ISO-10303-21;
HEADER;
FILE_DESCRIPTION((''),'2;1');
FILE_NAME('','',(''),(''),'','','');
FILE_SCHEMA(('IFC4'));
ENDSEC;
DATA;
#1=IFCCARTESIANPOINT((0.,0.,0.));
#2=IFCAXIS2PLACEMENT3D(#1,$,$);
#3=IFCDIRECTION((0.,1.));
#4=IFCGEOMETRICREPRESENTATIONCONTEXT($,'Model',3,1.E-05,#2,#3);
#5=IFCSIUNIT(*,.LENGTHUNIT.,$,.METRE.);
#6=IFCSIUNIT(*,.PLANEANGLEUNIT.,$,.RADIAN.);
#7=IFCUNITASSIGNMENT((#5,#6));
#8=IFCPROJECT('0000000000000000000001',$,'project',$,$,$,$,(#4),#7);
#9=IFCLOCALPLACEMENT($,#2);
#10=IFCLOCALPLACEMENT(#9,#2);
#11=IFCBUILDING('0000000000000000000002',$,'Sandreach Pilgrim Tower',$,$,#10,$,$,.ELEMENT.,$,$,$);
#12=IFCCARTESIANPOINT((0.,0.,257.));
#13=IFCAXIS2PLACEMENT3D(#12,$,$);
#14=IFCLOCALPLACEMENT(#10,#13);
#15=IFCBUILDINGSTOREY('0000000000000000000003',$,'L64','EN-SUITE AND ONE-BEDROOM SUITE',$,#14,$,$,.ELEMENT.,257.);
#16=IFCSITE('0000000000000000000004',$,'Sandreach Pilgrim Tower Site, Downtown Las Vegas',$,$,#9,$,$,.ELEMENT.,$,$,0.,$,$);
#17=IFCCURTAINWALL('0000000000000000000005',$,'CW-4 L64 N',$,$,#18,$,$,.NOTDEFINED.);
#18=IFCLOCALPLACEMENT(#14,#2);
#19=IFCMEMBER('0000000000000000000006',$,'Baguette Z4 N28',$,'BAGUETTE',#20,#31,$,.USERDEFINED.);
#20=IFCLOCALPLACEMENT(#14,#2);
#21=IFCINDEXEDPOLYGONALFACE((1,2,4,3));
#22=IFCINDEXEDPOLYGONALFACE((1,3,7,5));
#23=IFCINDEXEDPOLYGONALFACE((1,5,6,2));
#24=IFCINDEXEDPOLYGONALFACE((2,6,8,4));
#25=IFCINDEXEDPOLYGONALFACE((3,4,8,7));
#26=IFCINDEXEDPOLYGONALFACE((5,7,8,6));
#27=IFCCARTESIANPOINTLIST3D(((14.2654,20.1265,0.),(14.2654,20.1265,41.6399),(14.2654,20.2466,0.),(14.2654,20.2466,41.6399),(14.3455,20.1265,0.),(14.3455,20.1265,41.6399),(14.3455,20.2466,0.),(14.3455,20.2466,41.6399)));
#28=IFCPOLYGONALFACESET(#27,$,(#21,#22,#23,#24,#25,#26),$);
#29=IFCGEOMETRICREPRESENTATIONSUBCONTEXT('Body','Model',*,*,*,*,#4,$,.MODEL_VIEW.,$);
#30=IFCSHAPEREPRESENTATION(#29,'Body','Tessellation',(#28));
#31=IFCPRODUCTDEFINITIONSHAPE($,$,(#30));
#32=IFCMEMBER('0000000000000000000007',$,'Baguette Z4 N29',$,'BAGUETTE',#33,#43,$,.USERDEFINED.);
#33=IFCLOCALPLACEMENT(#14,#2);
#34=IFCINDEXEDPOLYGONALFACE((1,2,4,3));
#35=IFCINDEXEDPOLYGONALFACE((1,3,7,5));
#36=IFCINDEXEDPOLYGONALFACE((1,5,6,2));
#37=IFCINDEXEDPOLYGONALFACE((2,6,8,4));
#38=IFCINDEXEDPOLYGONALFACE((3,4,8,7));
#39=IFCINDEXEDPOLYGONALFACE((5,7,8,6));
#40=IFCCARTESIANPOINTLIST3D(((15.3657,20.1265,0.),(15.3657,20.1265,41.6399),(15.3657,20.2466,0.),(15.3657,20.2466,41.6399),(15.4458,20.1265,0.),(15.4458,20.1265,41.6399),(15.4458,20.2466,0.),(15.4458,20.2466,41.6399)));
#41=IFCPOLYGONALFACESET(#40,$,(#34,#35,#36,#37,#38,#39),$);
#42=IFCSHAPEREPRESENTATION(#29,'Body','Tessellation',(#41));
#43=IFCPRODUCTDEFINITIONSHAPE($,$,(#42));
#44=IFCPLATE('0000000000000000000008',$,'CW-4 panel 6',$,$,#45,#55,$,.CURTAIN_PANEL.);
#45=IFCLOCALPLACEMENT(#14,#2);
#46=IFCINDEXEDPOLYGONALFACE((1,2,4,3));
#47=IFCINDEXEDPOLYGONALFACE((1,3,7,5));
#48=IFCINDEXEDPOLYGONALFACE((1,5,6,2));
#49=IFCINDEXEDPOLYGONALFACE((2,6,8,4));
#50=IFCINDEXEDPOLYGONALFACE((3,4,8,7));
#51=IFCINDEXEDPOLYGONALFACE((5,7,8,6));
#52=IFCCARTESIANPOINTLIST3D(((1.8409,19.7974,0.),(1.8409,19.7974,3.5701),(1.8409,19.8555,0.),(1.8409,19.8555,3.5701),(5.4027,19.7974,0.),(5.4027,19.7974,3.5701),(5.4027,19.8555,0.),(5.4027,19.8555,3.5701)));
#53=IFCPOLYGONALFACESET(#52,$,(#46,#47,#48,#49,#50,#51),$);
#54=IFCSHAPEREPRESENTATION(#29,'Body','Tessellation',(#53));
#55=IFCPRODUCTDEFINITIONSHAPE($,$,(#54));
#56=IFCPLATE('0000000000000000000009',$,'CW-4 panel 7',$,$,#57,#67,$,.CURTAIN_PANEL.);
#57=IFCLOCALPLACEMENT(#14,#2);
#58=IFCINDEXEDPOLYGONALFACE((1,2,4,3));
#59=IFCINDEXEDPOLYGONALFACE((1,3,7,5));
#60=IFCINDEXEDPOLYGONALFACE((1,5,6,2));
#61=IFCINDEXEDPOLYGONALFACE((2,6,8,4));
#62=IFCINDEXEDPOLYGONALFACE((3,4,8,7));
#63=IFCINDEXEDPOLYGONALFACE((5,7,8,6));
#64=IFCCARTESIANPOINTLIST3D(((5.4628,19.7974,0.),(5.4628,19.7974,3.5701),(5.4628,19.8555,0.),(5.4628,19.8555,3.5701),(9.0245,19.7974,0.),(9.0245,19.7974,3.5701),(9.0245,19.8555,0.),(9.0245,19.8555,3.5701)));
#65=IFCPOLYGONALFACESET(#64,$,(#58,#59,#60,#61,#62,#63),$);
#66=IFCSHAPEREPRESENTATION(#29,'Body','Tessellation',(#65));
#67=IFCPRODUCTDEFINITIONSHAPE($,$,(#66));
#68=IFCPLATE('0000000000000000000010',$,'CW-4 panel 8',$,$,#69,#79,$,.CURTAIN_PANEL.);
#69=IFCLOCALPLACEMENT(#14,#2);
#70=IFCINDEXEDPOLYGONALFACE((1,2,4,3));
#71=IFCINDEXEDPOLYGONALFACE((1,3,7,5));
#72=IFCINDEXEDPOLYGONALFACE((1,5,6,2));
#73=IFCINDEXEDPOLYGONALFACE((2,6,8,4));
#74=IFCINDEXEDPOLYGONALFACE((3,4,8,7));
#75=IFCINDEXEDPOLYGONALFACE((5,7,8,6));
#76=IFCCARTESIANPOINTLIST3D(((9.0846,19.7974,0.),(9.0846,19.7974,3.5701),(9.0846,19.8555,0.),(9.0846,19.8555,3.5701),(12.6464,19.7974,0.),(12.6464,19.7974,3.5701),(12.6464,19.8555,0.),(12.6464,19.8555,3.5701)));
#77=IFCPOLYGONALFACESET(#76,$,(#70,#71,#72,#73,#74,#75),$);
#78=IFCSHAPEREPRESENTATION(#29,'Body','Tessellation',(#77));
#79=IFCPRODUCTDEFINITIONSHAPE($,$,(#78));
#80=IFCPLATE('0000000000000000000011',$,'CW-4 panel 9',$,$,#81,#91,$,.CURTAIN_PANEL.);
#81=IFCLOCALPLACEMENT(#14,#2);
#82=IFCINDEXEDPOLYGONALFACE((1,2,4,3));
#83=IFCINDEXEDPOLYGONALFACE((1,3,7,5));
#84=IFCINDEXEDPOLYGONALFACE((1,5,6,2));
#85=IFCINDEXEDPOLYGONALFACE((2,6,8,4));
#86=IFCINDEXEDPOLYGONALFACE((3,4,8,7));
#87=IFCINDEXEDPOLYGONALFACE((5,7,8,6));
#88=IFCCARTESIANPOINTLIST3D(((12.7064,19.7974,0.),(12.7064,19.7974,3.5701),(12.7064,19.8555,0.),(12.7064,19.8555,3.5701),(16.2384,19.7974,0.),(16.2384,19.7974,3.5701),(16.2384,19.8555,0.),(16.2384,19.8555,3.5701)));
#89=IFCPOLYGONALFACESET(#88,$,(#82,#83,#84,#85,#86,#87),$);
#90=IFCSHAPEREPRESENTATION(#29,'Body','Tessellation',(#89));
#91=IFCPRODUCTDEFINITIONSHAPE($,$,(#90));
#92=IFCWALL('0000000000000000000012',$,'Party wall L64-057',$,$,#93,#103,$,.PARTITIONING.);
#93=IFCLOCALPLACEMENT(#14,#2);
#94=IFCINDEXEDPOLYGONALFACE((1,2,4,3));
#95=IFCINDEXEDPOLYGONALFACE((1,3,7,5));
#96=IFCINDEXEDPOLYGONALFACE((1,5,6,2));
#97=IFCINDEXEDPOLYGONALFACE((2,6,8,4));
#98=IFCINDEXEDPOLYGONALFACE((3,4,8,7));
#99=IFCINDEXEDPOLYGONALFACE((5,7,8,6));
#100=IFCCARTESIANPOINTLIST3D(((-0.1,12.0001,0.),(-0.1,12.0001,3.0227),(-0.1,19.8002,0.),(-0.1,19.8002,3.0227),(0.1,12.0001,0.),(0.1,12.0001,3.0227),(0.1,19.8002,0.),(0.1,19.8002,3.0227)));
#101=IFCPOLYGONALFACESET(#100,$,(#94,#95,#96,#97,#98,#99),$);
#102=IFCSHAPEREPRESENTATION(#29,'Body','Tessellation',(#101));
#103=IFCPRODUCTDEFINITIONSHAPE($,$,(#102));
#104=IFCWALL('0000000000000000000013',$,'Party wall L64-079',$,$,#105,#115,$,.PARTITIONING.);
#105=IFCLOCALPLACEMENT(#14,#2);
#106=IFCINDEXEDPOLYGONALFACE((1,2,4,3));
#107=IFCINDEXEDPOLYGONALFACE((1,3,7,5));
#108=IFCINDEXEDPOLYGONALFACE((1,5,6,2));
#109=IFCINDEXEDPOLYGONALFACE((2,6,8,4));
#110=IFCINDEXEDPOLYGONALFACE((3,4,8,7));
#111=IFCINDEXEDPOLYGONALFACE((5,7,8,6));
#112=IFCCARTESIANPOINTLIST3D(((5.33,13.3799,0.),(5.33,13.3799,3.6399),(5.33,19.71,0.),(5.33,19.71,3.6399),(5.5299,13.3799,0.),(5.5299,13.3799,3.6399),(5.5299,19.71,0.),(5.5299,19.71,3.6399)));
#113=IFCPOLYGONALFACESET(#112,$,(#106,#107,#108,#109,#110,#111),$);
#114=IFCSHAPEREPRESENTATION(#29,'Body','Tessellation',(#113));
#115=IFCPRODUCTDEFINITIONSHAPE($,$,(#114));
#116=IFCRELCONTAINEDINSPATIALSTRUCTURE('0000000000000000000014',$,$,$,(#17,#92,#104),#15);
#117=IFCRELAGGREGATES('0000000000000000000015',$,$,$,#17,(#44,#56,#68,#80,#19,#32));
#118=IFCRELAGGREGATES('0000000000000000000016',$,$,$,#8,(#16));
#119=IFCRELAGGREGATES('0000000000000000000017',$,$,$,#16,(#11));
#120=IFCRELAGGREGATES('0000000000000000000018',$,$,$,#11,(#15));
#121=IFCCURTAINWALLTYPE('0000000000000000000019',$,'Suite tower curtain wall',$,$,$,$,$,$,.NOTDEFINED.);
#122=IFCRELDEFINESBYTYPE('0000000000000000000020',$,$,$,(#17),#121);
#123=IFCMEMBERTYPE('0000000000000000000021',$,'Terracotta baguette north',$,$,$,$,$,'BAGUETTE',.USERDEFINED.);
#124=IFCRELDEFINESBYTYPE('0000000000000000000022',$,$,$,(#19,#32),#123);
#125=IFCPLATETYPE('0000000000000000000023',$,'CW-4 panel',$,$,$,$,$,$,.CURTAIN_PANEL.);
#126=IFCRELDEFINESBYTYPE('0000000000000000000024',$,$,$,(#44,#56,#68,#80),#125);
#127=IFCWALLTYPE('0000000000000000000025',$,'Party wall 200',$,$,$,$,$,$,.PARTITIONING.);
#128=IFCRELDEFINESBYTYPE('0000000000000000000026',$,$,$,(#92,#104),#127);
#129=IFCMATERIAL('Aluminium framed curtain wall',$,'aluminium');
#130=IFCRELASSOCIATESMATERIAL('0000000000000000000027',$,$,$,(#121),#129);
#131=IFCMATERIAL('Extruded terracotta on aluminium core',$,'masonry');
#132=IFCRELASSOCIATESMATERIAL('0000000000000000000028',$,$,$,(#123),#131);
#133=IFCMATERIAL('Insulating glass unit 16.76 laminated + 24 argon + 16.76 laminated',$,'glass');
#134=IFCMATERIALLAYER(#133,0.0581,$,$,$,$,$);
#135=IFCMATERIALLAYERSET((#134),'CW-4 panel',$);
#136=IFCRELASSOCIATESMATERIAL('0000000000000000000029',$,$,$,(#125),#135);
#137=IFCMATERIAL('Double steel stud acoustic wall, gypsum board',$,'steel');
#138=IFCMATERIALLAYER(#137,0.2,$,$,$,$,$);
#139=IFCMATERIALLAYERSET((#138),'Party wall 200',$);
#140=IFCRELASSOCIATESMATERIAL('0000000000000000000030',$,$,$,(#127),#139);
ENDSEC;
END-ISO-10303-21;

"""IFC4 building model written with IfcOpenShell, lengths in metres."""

from ifc_helpers import new_model, si_unit, direction, frame, frame_2d, origin, origin_2d, place, context, subcontext, project, spatial, rectangle, extrude, material, layer, layer_set, material_profile, profile_set, type_object, element, aggregate, save


model = new_model("IFC4")

# Units and contexts
model_context = context("Model", 3, precision=1e-05, world=origin(), true_north=direction((0.0, 1.0)))
body_context = subcontext(model_context, "Body", "Model", "MODEL_VIEW")
ifc_project = project(units=[si_unit("LENGTHUNIT", "METRE"), si_unit("PLANEANGLEUNIT", "RADIAN")], contexts=[model_context])

# Site, building, storey
site_placement = place(None, origin())
site = spatial("IfcSite", under=ifc_project, at=site_placement, Name="Sandreach Pilgrim Tower Site, Downtown Las Vegas", CompositionType="ELEMENT", RefElevation=0.0)
building_placement = place(site_placement, origin())
building = spatial("IfcBuilding", under=site, at=building_placement, Name="Sandreach Pilgrim Tower", CompositionType="ELEMENT")
storey_placement = place(building_placement, frame((0.0, 0.0, 257.0)))
storey = spatial("IfcBuildingStorey", under=building, at=storey_placement, Name="L64", Description="EN-SUITE AND ONE-BEDROOM SUITE", CompositionType="ELEMENT", Elevation=257.0)

# Curtain wall
ifc_material_1 = material(Name="Aluminium framed curtain wall", Category="aluminium")
curtain_wall_type = type_object("IfcCurtainWallType", Name="Suite tower curtain wall", PredefinedType="NOTDEFINED", material=ifc_material_1)
curtain_wall_placement = place(storey_placement, origin())
curtain_wall = element("IfcCurtainWall", 1, at=curtain_wall_placement, inside=storey, type_object=curtain_wall_type, Name="CW-4 L64 N", PredefinedType="NOTDEFINED")

# Members
ifc_material_2 = material(Name="Extruded terracotta on aluminium core", Category="masonry")
ifc_material_profile_1 = material_profile(ifc_material_2, rectangle(XDim=0.0801, YDim=0.1201, at=origin_2d()), Name="TBN 80X120")
ifc_profile_set_1 = profile_set([ifc_material_profile_1], Name="Extruded terracotta on aluminium core")
member_type_1 = type_object("IfcMemberType", Name="Terracotta baguette north", ElementType="BAGUETTE", PredefinedType="USERDEFINED", material=ifc_profile_set_1)
member_1_placement = place(storey_placement, frame((14.3054, 20.1865, 0.0), z_axis=(0.0, 0.0, 1.0), x_axis=(1.0, 0.0, 0.0)))
member_1 = element("IfcMember", 2, at=member_1_placement, type_object=member_type_1, Name="Baguette Z4 N28", ObjectType="BAGUETTE", PredefinedType="USERDEFINED", context=body_context, shape_type="SweptSolid", body=[
    extrude(rectangle(XDim=0.0801, YDim=0.1201, at=origin_2d()), origin(), (0.0, 0.0, 1.0), 41.6399),
])
member_2_placement = place(storey_placement, frame((15.4058, 20.1865, 0.0), z_axis=(0.0, 0.0, 1.0), x_axis=(1.0, 0.0, 0.0)))
member_2 = element("IfcMember", 3, at=member_2_placement, type_object=member_type_1, Name="Baguette Z4 N29", ObjectType="BAGUETTE", PredefinedType="USERDEFINED", context=body_context, shape_type="SweptSolid", body=[
    extrude(rectangle(XDim=0.0801, YDim=0.1201, at=origin_2d()), origin(), (0.0, 0.0, 1.0), 41.6399),
])

# Plates
ifc_material_3 = material(Name="Insulating glass unit 16.76 laminated + 24 argon + 16.76 laminated", Category="glass")
ifc_layer_1 = layer(ifc_material_3, 0.0581)
ifc_layer_set_1 = layer_set([ifc_layer_1], Name="CW-4 panel")
plate_type = type_object("IfcPlateType", Name="CW-4 panel", PredefinedType="CURTAIN_PANEL", material=ifc_layer_set_1)
plate_1_placement = place(storey_placement, frame((3.6218, 19.8264, 0.0), z_axis=(0.0, 0.0, 1.0), x_axis=(1.0, 0.0, 0.0)))
plate_1 = element("IfcPlate", 4, at=plate_1_placement, type_object=plate_type, Name="CW-4 panel 6", PredefinedType="CURTAIN_PANEL", context=body_context, shape_type="SweptSolid", body=[
    extrude(rectangle(XDim=3.5618, YDim=0.0581, at=origin_2d()), origin(), (0.0, 0.0, 1.0), 3.5701),
])
plate_2_placement = place(storey_placement, frame((7.2437, 19.8264, 0.0), z_axis=(0.0, 0.0, 1.0), x_axis=(1.0, 0.0, 0.0)))
plate_2 = element("IfcPlate", 5, at=plate_2_placement, type_object=plate_type, Name="CW-4 panel 7", PredefinedType="CURTAIN_PANEL", context=body_context, shape_type="SweptSolid", body=[
    extrude(rectangle(XDim=3.5618, YDim=0.0581, at=origin_2d()), origin(), (0.0, 0.0, 1.0), 3.5701),
])
plate_3_placement = place(storey_placement, frame((10.8655, 19.8264, 0.0), z_axis=(0.0, 0.0, 1.0), x_axis=(1.0, 0.0, 0.0)))
plate_3 = element("IfcPlate", 6, at=plate_3_placement, type_object=plate_type, Name="CW-4 panel 8", PredefinedType="CURTAIN_PANEL", context=body_context, shape_type="SweptSolid", body=[
    extrude(rectangle(XDim=3.5618, YDim=0.0581, at=origin_2d()), origin(), (0.0, 0.0, 1.0), 3.5701),
])
plate_4_placement = place(storey_placement, frame((14.4724, 19.8264, 0.0), z_axis=(0.0, 0.0, 1.0), x_axis=(1.0, 0.0, 0.0)))
plate_4 = element("IfcPlate", 7, at=plate_4_placement, type_object=plate_type, Name="CW-4 panel 9", PredefinedType="CURTAIN_PANEL", context=body_context, shape_type="SweptSolid", body=[
    extrude(rectangle(XDim=3.532, YDim=0.0581, at=origin_2d()), origin(), (0.0, 0.0, 1.0), 3.5701),
])
aggregate(curtain_wall, [plate_1, plate_2, plate_3, plate_4, member_1, member_2])

# Walls
ifc_material_4 = material(Name="Double steel stud acoustic wall, gypsum board", Category="steel")
ifc_layer_2 = layer(ifc_material_4, 0.2)
ifc_layer_set_2 = layer_set([ifc_layer_2], Name="Party wall 200")
wall_type = type_object("IfcWallType", Name="Party wall 200", PredefinedType="PARTITIONING", material=ifc_layer_set_2)
wall_1_placement = place(storey_placement, frame((0.0, 19.8, 0.0), z_axis=(0.0, 0.0, 1.0), x_axis=(0.0, -1.0, 0.0)))
element("IfcWall", 8, at=wall_1_placement, inside=storey, type_object=wall_type, Name="Party wall L64-057", PredefinedType="PARTITIONING", context=body_context, shape_type="SweptSolid", body=[
    extrude(rectangle(XDim=7.8, YDim=0.2, at=frame_2d((3.8999, 0.0))), origin(), (0.0, 0.0, 1.0), 3.0227),
])
wall_2_placement = place(storey_placement, frame((5.4299, 19.71, 0.0), z_axis=(0.0, 0.0, 1.0), x_axis=(0.0, -1.0, 0.0)))
element("IfcWall", 9, at=wall_2_placement, inside=storey, type_object=wall_type, Name="Party wall L64-079", PredefinedType="PARTITIONING", context=body_context, shape_type="SweptSolid", body=[
    extrude(rectangle(XDim=6.3301, YDim=0.2, at=frame_2d((3.165, 0.0))), origin(), (0.0, 0.0, 1.0), 3.6399),
])

save(model, "model.ifc")
